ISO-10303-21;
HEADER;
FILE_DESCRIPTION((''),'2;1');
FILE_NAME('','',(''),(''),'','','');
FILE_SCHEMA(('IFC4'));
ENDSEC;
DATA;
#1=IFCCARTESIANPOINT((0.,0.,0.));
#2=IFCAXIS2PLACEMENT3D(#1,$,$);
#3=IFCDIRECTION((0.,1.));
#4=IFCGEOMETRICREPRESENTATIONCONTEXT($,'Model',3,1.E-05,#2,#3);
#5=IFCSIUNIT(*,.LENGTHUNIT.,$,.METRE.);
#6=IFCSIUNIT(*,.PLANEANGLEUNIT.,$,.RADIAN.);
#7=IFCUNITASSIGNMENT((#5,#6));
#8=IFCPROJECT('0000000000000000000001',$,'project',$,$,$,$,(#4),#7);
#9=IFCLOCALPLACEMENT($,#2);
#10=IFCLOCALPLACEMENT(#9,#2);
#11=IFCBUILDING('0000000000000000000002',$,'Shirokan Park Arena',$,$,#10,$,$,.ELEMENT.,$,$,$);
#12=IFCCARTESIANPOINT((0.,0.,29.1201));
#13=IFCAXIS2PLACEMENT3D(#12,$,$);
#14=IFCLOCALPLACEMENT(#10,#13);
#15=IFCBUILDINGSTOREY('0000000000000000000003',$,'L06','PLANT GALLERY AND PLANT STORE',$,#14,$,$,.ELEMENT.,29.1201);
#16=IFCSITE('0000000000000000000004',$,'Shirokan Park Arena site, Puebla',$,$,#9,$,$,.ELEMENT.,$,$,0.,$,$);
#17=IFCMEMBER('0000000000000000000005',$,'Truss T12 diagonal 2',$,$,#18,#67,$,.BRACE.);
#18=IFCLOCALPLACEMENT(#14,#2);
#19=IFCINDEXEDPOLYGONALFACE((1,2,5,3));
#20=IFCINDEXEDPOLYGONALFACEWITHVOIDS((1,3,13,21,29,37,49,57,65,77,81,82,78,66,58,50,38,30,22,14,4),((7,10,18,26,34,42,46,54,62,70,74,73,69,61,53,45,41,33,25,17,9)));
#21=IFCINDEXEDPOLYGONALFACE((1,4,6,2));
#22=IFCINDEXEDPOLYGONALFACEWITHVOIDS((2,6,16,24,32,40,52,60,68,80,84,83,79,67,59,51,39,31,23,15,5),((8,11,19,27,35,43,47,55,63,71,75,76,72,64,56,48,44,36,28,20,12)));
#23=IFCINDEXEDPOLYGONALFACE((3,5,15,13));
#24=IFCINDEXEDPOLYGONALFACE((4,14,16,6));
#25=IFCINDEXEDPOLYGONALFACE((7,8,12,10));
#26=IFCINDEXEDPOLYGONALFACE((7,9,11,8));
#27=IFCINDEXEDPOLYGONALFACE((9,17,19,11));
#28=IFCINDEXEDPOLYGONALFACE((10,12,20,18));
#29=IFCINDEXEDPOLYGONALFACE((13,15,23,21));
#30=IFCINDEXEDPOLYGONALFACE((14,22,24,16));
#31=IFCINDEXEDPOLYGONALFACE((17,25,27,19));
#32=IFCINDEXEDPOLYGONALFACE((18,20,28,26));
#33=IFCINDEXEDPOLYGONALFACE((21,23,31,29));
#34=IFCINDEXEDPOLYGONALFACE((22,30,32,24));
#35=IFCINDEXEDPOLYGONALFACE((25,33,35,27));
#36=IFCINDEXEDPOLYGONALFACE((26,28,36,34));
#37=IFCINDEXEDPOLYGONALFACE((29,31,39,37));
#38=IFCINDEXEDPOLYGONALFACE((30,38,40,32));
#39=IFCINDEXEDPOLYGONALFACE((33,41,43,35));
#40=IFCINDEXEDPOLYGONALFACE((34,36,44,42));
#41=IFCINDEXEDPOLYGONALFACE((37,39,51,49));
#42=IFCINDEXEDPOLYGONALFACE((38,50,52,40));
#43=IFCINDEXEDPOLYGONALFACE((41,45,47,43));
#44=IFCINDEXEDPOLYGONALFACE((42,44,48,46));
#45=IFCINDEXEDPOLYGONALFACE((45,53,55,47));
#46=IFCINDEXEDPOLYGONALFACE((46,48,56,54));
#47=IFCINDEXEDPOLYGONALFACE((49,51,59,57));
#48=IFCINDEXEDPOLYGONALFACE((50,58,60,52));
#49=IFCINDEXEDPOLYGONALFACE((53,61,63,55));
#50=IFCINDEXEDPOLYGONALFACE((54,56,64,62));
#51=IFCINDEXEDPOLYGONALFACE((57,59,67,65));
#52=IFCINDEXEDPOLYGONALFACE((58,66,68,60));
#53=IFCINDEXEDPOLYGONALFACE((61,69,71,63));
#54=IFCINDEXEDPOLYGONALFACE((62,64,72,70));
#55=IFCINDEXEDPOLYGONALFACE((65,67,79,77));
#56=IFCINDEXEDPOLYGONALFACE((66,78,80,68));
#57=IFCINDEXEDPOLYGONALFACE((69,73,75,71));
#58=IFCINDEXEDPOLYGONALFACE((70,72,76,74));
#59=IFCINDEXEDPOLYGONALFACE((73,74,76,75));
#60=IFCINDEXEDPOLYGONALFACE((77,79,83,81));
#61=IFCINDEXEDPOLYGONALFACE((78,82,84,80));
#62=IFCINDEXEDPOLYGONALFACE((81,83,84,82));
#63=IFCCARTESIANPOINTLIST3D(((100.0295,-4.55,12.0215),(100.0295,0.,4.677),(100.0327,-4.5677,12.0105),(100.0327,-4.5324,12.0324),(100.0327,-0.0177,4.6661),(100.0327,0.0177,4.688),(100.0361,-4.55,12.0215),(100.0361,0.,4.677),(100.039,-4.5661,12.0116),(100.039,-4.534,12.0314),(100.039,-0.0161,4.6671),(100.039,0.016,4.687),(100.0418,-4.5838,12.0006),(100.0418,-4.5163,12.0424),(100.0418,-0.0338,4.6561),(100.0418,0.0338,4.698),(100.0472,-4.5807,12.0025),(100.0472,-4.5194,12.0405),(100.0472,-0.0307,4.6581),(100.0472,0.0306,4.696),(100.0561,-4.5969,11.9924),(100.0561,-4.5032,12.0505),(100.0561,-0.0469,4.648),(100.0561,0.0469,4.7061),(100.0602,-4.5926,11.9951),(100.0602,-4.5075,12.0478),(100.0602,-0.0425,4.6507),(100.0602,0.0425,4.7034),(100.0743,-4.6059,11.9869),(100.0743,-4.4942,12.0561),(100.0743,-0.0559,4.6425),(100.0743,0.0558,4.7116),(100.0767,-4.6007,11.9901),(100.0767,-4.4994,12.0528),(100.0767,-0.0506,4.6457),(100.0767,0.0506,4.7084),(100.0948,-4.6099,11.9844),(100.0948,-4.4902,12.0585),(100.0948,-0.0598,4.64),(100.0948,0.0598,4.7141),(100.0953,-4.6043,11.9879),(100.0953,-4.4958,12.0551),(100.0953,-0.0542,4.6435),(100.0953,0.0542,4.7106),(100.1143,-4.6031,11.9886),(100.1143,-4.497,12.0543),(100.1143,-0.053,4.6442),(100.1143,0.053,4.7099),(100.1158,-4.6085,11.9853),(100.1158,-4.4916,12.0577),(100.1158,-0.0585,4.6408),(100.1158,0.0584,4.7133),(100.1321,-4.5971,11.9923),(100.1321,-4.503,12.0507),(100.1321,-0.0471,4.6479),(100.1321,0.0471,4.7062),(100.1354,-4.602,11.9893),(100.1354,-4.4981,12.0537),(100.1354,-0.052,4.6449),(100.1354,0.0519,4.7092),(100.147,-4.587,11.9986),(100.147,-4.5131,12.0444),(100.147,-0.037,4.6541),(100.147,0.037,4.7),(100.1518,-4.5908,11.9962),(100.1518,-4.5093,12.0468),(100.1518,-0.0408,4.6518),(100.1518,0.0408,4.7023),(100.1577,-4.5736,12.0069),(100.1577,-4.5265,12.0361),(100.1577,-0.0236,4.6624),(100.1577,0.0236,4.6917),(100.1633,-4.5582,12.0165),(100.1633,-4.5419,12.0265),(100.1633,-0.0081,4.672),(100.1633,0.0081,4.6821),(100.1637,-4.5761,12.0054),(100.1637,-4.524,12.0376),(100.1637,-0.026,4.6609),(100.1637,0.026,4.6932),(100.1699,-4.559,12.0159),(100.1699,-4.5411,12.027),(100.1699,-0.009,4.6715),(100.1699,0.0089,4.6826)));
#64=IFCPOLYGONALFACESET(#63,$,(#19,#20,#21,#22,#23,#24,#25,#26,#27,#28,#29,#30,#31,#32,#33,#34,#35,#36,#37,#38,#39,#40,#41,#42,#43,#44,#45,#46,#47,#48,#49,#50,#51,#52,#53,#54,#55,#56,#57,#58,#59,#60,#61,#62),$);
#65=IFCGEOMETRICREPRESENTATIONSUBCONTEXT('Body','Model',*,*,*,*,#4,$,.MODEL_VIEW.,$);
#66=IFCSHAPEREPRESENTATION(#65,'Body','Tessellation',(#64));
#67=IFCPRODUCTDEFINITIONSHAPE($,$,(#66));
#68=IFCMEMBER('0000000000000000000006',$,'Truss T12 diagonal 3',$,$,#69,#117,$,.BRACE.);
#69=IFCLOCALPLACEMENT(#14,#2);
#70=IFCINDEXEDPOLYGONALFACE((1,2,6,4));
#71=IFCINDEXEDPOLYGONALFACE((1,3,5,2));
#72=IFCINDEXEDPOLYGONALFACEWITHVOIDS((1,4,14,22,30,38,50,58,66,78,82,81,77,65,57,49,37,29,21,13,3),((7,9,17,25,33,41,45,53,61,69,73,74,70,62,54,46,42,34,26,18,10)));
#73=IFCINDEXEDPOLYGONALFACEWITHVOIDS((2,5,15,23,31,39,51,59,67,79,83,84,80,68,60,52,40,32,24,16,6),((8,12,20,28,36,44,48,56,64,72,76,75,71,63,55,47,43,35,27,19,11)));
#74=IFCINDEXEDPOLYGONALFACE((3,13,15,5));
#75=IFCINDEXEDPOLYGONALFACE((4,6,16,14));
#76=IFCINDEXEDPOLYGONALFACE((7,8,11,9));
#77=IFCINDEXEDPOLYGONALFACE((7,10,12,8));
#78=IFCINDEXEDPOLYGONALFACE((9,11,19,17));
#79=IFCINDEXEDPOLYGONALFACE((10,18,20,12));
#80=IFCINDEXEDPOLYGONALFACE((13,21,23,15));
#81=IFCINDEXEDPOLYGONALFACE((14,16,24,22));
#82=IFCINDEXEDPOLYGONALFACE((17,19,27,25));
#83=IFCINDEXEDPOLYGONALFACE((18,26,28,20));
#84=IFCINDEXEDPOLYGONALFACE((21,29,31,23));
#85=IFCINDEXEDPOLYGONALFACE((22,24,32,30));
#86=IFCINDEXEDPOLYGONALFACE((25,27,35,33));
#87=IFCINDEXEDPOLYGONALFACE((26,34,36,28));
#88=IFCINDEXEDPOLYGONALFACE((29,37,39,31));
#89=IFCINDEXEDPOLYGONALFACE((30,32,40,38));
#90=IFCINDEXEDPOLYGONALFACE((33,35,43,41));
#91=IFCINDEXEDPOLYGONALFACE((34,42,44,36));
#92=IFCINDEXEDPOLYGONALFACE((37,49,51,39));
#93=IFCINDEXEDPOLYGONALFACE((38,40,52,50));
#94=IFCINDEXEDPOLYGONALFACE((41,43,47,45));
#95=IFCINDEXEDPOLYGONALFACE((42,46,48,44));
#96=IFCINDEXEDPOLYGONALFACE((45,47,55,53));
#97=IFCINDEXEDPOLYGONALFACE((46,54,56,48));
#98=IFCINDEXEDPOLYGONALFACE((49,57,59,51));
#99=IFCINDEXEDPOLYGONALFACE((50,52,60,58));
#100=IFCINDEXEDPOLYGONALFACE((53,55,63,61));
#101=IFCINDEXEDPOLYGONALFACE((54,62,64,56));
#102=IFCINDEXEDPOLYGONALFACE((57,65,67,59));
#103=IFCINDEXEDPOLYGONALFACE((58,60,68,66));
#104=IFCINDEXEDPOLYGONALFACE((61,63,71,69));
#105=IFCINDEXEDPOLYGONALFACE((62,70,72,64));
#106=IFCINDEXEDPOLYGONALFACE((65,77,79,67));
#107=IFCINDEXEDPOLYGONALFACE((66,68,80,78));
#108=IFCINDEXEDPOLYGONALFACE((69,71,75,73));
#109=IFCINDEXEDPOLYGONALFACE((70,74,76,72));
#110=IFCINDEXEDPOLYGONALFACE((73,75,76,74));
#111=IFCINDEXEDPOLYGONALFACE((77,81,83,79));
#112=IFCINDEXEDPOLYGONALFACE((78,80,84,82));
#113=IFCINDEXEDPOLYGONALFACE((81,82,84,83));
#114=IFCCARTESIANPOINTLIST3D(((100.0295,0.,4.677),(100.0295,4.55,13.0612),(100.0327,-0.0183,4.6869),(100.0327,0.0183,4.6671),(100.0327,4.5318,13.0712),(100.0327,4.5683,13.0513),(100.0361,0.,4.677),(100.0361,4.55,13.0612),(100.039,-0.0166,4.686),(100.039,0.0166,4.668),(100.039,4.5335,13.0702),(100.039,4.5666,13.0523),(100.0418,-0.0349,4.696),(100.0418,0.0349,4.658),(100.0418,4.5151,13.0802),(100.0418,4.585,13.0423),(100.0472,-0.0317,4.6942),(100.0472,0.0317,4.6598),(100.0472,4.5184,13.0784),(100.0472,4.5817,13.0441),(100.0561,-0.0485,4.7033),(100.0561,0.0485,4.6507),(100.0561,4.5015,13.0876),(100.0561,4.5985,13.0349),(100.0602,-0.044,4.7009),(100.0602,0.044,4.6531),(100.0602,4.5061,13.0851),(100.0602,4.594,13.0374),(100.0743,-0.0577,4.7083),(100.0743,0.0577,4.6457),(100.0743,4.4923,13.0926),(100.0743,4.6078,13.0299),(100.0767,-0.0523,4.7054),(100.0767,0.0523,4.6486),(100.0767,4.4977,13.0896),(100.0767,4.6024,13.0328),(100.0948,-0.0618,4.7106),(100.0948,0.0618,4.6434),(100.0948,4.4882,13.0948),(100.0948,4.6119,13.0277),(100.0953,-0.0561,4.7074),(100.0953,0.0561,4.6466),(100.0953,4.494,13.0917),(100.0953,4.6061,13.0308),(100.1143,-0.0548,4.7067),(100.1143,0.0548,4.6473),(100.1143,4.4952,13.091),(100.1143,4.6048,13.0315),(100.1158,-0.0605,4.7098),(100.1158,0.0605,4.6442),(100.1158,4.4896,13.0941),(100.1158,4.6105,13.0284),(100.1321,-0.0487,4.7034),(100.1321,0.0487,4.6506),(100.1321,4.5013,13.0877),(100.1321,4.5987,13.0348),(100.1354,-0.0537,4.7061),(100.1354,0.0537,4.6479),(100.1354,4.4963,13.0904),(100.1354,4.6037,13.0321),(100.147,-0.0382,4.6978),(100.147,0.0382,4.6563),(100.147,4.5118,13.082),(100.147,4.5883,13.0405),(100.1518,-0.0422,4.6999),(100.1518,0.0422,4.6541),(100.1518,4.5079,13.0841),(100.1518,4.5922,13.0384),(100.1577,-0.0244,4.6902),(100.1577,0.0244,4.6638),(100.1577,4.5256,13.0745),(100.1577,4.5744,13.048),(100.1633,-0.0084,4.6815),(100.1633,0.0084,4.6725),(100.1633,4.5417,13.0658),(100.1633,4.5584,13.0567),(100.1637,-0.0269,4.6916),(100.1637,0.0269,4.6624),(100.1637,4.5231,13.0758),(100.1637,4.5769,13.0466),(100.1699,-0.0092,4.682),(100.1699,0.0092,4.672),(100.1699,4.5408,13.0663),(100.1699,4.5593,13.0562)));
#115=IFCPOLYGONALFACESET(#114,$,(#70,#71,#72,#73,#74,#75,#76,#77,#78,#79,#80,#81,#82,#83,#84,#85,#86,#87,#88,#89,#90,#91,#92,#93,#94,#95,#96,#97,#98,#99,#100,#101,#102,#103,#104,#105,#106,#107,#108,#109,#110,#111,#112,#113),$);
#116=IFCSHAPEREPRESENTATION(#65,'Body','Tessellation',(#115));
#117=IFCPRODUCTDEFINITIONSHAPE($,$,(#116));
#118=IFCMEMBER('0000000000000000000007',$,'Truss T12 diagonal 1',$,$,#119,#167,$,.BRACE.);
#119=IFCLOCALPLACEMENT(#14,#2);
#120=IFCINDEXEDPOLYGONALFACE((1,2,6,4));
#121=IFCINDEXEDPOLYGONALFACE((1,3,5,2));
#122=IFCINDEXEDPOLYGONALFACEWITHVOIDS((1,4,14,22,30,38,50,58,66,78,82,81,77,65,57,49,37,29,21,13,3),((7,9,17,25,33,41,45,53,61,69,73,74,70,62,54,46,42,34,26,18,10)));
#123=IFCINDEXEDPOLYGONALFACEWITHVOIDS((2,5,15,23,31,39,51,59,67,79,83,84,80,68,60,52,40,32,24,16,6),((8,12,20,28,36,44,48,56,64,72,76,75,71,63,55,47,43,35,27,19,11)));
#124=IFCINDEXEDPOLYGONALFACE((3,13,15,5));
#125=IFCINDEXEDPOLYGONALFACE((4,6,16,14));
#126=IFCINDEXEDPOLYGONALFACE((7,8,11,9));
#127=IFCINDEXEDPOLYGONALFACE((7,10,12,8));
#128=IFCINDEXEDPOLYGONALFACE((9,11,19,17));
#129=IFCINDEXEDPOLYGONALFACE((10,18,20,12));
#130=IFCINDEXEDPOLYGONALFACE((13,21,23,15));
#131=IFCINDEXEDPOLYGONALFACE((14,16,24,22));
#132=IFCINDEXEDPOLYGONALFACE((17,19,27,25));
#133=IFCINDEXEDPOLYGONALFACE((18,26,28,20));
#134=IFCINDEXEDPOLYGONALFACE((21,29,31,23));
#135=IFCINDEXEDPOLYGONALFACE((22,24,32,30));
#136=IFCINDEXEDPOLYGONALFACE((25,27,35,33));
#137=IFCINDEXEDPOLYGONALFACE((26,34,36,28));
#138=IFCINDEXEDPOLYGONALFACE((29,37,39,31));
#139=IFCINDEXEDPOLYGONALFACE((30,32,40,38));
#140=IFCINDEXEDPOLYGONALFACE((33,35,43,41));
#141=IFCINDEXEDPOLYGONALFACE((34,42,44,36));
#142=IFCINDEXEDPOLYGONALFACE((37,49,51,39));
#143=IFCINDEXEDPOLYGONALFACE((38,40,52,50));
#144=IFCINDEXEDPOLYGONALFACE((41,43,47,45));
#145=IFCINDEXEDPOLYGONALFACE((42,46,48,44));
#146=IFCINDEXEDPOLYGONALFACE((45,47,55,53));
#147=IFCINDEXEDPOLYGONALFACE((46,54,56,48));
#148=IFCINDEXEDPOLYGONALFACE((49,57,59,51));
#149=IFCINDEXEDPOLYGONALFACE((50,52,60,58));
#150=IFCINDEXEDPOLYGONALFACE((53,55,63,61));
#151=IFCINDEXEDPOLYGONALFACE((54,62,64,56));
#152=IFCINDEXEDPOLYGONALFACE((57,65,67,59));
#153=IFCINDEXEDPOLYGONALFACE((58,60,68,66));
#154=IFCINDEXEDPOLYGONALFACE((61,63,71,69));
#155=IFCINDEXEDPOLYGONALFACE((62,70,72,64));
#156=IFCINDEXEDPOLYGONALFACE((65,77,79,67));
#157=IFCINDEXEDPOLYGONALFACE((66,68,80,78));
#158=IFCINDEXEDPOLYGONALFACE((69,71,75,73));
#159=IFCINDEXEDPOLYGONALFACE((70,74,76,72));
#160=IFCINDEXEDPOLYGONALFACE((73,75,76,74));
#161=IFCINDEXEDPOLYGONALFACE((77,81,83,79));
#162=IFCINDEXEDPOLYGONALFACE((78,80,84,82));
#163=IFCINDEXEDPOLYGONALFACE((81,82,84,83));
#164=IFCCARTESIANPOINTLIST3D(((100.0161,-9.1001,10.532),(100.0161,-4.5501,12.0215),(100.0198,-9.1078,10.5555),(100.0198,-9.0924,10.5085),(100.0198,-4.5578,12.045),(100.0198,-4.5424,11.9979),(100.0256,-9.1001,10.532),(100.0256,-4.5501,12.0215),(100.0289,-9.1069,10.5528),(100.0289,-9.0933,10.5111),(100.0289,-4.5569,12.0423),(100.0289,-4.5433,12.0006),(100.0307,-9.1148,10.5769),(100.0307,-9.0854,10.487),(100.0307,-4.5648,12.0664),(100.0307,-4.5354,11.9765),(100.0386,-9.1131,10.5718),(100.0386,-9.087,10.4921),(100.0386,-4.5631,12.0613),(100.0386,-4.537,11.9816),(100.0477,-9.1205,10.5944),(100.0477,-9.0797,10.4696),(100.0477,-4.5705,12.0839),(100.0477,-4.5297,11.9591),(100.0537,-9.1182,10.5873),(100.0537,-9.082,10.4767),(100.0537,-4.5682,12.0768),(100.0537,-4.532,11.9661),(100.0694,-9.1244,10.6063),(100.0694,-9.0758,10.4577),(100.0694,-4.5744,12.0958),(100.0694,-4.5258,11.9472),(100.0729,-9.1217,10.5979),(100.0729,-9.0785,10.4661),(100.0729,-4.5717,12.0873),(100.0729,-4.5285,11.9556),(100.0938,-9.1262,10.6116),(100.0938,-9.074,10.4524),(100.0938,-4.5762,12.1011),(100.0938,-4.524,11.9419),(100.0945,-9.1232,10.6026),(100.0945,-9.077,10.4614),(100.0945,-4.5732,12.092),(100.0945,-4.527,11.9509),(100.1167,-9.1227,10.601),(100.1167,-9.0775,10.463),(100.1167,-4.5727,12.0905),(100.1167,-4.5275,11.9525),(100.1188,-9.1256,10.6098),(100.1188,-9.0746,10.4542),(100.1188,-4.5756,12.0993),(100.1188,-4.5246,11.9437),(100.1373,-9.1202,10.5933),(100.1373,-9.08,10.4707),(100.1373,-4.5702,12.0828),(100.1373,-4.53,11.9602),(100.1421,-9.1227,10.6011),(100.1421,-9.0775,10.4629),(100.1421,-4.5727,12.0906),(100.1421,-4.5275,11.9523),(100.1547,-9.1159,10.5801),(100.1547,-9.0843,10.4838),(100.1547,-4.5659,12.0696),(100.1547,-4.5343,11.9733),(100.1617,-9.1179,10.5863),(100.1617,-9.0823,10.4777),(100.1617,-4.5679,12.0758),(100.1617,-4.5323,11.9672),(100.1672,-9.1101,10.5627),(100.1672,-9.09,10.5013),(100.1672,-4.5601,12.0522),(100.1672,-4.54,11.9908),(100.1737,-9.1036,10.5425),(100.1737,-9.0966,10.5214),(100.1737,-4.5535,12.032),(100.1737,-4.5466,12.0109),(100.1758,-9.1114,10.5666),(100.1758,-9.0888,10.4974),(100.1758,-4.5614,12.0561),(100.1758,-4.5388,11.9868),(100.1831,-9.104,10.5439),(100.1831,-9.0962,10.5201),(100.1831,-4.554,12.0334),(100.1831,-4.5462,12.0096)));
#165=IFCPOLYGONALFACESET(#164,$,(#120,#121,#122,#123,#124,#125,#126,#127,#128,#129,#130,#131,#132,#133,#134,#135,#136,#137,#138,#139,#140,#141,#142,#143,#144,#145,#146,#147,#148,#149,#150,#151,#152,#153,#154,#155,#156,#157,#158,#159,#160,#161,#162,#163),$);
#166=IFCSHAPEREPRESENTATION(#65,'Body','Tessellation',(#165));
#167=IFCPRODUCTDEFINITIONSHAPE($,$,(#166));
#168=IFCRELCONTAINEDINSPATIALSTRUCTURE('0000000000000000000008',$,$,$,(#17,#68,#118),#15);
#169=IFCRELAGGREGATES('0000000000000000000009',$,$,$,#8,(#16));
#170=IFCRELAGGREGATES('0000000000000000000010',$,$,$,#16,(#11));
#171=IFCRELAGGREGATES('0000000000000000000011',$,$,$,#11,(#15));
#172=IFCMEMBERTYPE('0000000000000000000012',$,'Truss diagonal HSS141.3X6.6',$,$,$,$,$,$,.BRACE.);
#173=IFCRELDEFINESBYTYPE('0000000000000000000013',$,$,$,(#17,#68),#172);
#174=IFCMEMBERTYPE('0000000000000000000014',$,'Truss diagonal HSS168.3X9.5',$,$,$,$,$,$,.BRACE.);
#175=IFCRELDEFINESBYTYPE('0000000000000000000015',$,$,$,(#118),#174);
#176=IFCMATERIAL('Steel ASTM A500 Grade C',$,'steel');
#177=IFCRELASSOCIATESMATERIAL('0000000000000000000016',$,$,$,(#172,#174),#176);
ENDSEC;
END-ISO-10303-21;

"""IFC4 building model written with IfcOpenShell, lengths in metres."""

from ifc_helpers import new_model, si_unit, direction, frame, origin, origin_2d, place, context, subcontext, project, spatial, hollow_circle, extrude, material, material_profile, profile_set, type_object, element, save


model = new_model("IFC4")

# Units and contexts
model_context = context("Model", 3, precision=1e-05, world=origin(), true_north=direction((0.0, 1.0)))
body_context = subcontext(model_context, "Body", "Model", "MODEL_VIEW")
ifc_project = project(units=[si_unit("LENGTHUNIT", "METRE"), si_unit("PLANEANGLEUNIT", "RADIAN")], contexts=[model_context])

# Site, building, storey
site_placement = place(None, origin())
site = spatial("IfcSite", under=ifc_project, at=site_placement, Name="Shirokan Park Arena site, Puebla", CompositionType="ELEMENT", RefElevation=0.0)
building_placement = place(site_placement, origin())
building = spatial("IfcBuilding", under=site, at=building_placement, Name="Shirokan Park Arena", CompositionType="ELEMENT")
storey_placement = place(building_placement, frame((0.0, 0.0, 29.1201)))
storey = spatial("IfcBuildingStorey", under=building, at=storey_placement, Name="L06", Description="PLANT GALLERY AND PLANT STORE", CompositionType="ELEMENT", Elevation=29.1201)

# Shared definitions
ifc_material_1 = material(Name="Steel ASTM A500 Grade C", Category="steel")

# Members
ifc_material_profile_1 = material_profile(ifc_material_1, hollow_circle(Radius=0.0706, WallThickness=0.0066, at=origin_2d()), Name="HSS141.3X6.6")
ifc_profile_set_1 = profile_set([ifc_material_profile_1], Name="Steel ASTM A500 Grade C")
member_type_1 = type_object("IfcMemberType", Name="Truss diagonal HSS141.3X6.6", PredefinedType="BRACE", material=ifc_profile_set_1)
member_1_placement = place(storey_placement, frame((100.1001, -4.55, 12.0215), z_axis=(0.0, 0.526644, -0.850086), x_axis=(-1.0, 0.0, 0.0)))
element("IfcMember", 1, at=member_1_placement, inside=storey, type_object=member_type_1, Name="Truss T12 diagonal 2", PredefinedType="BRACE", context=body_context, shape_type="SweptSolid", body=[
    extrude(hollow_circle(Radius=0.0706, WallThickness=0.0066, at=origin_2d()), origin(), (0.0, 0.0, 1.0), 8.6396),
])
member_2_placement = place(storey_placement, frame((100.1001, 0.0, 4.677), z_axis=(0.0, 0.476977, 0.878916), x_axis=(-1.0, 0.0, 0.0)))
element("IfcMember", 2, at=member_2_placement, inside=storey, type_object=member_type_1, Name="Truss T12 diagonal 3", PredefinedType="BRACE", context=body_context, shape_type="SweptSolid", body=[
    extrude(hollow_circle(Radius=0.0706, WallThickness=0.0066, at=origin_2d()), origin(), (0.0, 0.0, 1.0), 9.5393),
])
ifc_material_profile_2 = material_profile(ifc_material_1, hollow_circle(Radius=0.084, WallThickness=0.0095, at=origin_2d()), Name="HSS168.3X9.5")
ifc_profile_set_2 = profile_set([ifc_material_profile_2], Name="Steel ASTM A500 Grade C")
member_type_2 = type_object("IfcMemberType", Name="Truss diagonal HSS168.3X9.5", PredefinedType="BRACE", material=ifc_profile_set_2)
member_3_placement = place(storey_placement, frame((100.1001, -9.1001, 10.532), z_axis=(0.0, 0.950373, 0.311114), x_axis=(-1.0, 0.0, 0.0)))
element("IfcMember", 3, at=member_3_placement, inside=storey, type_object=member_type_2, Name="Truss T12 diagonal 1", PredefinedType="BRACE", context=body_context, shape_type="SweptSolid", body=[
    extrude(hollow_circle(Radius=0.084, WallThickness=0.0095, at=origin_2d()), origin(), (0.0, 0.0, 1.0), 4.7876),
])

save(model, "model.ifc")
